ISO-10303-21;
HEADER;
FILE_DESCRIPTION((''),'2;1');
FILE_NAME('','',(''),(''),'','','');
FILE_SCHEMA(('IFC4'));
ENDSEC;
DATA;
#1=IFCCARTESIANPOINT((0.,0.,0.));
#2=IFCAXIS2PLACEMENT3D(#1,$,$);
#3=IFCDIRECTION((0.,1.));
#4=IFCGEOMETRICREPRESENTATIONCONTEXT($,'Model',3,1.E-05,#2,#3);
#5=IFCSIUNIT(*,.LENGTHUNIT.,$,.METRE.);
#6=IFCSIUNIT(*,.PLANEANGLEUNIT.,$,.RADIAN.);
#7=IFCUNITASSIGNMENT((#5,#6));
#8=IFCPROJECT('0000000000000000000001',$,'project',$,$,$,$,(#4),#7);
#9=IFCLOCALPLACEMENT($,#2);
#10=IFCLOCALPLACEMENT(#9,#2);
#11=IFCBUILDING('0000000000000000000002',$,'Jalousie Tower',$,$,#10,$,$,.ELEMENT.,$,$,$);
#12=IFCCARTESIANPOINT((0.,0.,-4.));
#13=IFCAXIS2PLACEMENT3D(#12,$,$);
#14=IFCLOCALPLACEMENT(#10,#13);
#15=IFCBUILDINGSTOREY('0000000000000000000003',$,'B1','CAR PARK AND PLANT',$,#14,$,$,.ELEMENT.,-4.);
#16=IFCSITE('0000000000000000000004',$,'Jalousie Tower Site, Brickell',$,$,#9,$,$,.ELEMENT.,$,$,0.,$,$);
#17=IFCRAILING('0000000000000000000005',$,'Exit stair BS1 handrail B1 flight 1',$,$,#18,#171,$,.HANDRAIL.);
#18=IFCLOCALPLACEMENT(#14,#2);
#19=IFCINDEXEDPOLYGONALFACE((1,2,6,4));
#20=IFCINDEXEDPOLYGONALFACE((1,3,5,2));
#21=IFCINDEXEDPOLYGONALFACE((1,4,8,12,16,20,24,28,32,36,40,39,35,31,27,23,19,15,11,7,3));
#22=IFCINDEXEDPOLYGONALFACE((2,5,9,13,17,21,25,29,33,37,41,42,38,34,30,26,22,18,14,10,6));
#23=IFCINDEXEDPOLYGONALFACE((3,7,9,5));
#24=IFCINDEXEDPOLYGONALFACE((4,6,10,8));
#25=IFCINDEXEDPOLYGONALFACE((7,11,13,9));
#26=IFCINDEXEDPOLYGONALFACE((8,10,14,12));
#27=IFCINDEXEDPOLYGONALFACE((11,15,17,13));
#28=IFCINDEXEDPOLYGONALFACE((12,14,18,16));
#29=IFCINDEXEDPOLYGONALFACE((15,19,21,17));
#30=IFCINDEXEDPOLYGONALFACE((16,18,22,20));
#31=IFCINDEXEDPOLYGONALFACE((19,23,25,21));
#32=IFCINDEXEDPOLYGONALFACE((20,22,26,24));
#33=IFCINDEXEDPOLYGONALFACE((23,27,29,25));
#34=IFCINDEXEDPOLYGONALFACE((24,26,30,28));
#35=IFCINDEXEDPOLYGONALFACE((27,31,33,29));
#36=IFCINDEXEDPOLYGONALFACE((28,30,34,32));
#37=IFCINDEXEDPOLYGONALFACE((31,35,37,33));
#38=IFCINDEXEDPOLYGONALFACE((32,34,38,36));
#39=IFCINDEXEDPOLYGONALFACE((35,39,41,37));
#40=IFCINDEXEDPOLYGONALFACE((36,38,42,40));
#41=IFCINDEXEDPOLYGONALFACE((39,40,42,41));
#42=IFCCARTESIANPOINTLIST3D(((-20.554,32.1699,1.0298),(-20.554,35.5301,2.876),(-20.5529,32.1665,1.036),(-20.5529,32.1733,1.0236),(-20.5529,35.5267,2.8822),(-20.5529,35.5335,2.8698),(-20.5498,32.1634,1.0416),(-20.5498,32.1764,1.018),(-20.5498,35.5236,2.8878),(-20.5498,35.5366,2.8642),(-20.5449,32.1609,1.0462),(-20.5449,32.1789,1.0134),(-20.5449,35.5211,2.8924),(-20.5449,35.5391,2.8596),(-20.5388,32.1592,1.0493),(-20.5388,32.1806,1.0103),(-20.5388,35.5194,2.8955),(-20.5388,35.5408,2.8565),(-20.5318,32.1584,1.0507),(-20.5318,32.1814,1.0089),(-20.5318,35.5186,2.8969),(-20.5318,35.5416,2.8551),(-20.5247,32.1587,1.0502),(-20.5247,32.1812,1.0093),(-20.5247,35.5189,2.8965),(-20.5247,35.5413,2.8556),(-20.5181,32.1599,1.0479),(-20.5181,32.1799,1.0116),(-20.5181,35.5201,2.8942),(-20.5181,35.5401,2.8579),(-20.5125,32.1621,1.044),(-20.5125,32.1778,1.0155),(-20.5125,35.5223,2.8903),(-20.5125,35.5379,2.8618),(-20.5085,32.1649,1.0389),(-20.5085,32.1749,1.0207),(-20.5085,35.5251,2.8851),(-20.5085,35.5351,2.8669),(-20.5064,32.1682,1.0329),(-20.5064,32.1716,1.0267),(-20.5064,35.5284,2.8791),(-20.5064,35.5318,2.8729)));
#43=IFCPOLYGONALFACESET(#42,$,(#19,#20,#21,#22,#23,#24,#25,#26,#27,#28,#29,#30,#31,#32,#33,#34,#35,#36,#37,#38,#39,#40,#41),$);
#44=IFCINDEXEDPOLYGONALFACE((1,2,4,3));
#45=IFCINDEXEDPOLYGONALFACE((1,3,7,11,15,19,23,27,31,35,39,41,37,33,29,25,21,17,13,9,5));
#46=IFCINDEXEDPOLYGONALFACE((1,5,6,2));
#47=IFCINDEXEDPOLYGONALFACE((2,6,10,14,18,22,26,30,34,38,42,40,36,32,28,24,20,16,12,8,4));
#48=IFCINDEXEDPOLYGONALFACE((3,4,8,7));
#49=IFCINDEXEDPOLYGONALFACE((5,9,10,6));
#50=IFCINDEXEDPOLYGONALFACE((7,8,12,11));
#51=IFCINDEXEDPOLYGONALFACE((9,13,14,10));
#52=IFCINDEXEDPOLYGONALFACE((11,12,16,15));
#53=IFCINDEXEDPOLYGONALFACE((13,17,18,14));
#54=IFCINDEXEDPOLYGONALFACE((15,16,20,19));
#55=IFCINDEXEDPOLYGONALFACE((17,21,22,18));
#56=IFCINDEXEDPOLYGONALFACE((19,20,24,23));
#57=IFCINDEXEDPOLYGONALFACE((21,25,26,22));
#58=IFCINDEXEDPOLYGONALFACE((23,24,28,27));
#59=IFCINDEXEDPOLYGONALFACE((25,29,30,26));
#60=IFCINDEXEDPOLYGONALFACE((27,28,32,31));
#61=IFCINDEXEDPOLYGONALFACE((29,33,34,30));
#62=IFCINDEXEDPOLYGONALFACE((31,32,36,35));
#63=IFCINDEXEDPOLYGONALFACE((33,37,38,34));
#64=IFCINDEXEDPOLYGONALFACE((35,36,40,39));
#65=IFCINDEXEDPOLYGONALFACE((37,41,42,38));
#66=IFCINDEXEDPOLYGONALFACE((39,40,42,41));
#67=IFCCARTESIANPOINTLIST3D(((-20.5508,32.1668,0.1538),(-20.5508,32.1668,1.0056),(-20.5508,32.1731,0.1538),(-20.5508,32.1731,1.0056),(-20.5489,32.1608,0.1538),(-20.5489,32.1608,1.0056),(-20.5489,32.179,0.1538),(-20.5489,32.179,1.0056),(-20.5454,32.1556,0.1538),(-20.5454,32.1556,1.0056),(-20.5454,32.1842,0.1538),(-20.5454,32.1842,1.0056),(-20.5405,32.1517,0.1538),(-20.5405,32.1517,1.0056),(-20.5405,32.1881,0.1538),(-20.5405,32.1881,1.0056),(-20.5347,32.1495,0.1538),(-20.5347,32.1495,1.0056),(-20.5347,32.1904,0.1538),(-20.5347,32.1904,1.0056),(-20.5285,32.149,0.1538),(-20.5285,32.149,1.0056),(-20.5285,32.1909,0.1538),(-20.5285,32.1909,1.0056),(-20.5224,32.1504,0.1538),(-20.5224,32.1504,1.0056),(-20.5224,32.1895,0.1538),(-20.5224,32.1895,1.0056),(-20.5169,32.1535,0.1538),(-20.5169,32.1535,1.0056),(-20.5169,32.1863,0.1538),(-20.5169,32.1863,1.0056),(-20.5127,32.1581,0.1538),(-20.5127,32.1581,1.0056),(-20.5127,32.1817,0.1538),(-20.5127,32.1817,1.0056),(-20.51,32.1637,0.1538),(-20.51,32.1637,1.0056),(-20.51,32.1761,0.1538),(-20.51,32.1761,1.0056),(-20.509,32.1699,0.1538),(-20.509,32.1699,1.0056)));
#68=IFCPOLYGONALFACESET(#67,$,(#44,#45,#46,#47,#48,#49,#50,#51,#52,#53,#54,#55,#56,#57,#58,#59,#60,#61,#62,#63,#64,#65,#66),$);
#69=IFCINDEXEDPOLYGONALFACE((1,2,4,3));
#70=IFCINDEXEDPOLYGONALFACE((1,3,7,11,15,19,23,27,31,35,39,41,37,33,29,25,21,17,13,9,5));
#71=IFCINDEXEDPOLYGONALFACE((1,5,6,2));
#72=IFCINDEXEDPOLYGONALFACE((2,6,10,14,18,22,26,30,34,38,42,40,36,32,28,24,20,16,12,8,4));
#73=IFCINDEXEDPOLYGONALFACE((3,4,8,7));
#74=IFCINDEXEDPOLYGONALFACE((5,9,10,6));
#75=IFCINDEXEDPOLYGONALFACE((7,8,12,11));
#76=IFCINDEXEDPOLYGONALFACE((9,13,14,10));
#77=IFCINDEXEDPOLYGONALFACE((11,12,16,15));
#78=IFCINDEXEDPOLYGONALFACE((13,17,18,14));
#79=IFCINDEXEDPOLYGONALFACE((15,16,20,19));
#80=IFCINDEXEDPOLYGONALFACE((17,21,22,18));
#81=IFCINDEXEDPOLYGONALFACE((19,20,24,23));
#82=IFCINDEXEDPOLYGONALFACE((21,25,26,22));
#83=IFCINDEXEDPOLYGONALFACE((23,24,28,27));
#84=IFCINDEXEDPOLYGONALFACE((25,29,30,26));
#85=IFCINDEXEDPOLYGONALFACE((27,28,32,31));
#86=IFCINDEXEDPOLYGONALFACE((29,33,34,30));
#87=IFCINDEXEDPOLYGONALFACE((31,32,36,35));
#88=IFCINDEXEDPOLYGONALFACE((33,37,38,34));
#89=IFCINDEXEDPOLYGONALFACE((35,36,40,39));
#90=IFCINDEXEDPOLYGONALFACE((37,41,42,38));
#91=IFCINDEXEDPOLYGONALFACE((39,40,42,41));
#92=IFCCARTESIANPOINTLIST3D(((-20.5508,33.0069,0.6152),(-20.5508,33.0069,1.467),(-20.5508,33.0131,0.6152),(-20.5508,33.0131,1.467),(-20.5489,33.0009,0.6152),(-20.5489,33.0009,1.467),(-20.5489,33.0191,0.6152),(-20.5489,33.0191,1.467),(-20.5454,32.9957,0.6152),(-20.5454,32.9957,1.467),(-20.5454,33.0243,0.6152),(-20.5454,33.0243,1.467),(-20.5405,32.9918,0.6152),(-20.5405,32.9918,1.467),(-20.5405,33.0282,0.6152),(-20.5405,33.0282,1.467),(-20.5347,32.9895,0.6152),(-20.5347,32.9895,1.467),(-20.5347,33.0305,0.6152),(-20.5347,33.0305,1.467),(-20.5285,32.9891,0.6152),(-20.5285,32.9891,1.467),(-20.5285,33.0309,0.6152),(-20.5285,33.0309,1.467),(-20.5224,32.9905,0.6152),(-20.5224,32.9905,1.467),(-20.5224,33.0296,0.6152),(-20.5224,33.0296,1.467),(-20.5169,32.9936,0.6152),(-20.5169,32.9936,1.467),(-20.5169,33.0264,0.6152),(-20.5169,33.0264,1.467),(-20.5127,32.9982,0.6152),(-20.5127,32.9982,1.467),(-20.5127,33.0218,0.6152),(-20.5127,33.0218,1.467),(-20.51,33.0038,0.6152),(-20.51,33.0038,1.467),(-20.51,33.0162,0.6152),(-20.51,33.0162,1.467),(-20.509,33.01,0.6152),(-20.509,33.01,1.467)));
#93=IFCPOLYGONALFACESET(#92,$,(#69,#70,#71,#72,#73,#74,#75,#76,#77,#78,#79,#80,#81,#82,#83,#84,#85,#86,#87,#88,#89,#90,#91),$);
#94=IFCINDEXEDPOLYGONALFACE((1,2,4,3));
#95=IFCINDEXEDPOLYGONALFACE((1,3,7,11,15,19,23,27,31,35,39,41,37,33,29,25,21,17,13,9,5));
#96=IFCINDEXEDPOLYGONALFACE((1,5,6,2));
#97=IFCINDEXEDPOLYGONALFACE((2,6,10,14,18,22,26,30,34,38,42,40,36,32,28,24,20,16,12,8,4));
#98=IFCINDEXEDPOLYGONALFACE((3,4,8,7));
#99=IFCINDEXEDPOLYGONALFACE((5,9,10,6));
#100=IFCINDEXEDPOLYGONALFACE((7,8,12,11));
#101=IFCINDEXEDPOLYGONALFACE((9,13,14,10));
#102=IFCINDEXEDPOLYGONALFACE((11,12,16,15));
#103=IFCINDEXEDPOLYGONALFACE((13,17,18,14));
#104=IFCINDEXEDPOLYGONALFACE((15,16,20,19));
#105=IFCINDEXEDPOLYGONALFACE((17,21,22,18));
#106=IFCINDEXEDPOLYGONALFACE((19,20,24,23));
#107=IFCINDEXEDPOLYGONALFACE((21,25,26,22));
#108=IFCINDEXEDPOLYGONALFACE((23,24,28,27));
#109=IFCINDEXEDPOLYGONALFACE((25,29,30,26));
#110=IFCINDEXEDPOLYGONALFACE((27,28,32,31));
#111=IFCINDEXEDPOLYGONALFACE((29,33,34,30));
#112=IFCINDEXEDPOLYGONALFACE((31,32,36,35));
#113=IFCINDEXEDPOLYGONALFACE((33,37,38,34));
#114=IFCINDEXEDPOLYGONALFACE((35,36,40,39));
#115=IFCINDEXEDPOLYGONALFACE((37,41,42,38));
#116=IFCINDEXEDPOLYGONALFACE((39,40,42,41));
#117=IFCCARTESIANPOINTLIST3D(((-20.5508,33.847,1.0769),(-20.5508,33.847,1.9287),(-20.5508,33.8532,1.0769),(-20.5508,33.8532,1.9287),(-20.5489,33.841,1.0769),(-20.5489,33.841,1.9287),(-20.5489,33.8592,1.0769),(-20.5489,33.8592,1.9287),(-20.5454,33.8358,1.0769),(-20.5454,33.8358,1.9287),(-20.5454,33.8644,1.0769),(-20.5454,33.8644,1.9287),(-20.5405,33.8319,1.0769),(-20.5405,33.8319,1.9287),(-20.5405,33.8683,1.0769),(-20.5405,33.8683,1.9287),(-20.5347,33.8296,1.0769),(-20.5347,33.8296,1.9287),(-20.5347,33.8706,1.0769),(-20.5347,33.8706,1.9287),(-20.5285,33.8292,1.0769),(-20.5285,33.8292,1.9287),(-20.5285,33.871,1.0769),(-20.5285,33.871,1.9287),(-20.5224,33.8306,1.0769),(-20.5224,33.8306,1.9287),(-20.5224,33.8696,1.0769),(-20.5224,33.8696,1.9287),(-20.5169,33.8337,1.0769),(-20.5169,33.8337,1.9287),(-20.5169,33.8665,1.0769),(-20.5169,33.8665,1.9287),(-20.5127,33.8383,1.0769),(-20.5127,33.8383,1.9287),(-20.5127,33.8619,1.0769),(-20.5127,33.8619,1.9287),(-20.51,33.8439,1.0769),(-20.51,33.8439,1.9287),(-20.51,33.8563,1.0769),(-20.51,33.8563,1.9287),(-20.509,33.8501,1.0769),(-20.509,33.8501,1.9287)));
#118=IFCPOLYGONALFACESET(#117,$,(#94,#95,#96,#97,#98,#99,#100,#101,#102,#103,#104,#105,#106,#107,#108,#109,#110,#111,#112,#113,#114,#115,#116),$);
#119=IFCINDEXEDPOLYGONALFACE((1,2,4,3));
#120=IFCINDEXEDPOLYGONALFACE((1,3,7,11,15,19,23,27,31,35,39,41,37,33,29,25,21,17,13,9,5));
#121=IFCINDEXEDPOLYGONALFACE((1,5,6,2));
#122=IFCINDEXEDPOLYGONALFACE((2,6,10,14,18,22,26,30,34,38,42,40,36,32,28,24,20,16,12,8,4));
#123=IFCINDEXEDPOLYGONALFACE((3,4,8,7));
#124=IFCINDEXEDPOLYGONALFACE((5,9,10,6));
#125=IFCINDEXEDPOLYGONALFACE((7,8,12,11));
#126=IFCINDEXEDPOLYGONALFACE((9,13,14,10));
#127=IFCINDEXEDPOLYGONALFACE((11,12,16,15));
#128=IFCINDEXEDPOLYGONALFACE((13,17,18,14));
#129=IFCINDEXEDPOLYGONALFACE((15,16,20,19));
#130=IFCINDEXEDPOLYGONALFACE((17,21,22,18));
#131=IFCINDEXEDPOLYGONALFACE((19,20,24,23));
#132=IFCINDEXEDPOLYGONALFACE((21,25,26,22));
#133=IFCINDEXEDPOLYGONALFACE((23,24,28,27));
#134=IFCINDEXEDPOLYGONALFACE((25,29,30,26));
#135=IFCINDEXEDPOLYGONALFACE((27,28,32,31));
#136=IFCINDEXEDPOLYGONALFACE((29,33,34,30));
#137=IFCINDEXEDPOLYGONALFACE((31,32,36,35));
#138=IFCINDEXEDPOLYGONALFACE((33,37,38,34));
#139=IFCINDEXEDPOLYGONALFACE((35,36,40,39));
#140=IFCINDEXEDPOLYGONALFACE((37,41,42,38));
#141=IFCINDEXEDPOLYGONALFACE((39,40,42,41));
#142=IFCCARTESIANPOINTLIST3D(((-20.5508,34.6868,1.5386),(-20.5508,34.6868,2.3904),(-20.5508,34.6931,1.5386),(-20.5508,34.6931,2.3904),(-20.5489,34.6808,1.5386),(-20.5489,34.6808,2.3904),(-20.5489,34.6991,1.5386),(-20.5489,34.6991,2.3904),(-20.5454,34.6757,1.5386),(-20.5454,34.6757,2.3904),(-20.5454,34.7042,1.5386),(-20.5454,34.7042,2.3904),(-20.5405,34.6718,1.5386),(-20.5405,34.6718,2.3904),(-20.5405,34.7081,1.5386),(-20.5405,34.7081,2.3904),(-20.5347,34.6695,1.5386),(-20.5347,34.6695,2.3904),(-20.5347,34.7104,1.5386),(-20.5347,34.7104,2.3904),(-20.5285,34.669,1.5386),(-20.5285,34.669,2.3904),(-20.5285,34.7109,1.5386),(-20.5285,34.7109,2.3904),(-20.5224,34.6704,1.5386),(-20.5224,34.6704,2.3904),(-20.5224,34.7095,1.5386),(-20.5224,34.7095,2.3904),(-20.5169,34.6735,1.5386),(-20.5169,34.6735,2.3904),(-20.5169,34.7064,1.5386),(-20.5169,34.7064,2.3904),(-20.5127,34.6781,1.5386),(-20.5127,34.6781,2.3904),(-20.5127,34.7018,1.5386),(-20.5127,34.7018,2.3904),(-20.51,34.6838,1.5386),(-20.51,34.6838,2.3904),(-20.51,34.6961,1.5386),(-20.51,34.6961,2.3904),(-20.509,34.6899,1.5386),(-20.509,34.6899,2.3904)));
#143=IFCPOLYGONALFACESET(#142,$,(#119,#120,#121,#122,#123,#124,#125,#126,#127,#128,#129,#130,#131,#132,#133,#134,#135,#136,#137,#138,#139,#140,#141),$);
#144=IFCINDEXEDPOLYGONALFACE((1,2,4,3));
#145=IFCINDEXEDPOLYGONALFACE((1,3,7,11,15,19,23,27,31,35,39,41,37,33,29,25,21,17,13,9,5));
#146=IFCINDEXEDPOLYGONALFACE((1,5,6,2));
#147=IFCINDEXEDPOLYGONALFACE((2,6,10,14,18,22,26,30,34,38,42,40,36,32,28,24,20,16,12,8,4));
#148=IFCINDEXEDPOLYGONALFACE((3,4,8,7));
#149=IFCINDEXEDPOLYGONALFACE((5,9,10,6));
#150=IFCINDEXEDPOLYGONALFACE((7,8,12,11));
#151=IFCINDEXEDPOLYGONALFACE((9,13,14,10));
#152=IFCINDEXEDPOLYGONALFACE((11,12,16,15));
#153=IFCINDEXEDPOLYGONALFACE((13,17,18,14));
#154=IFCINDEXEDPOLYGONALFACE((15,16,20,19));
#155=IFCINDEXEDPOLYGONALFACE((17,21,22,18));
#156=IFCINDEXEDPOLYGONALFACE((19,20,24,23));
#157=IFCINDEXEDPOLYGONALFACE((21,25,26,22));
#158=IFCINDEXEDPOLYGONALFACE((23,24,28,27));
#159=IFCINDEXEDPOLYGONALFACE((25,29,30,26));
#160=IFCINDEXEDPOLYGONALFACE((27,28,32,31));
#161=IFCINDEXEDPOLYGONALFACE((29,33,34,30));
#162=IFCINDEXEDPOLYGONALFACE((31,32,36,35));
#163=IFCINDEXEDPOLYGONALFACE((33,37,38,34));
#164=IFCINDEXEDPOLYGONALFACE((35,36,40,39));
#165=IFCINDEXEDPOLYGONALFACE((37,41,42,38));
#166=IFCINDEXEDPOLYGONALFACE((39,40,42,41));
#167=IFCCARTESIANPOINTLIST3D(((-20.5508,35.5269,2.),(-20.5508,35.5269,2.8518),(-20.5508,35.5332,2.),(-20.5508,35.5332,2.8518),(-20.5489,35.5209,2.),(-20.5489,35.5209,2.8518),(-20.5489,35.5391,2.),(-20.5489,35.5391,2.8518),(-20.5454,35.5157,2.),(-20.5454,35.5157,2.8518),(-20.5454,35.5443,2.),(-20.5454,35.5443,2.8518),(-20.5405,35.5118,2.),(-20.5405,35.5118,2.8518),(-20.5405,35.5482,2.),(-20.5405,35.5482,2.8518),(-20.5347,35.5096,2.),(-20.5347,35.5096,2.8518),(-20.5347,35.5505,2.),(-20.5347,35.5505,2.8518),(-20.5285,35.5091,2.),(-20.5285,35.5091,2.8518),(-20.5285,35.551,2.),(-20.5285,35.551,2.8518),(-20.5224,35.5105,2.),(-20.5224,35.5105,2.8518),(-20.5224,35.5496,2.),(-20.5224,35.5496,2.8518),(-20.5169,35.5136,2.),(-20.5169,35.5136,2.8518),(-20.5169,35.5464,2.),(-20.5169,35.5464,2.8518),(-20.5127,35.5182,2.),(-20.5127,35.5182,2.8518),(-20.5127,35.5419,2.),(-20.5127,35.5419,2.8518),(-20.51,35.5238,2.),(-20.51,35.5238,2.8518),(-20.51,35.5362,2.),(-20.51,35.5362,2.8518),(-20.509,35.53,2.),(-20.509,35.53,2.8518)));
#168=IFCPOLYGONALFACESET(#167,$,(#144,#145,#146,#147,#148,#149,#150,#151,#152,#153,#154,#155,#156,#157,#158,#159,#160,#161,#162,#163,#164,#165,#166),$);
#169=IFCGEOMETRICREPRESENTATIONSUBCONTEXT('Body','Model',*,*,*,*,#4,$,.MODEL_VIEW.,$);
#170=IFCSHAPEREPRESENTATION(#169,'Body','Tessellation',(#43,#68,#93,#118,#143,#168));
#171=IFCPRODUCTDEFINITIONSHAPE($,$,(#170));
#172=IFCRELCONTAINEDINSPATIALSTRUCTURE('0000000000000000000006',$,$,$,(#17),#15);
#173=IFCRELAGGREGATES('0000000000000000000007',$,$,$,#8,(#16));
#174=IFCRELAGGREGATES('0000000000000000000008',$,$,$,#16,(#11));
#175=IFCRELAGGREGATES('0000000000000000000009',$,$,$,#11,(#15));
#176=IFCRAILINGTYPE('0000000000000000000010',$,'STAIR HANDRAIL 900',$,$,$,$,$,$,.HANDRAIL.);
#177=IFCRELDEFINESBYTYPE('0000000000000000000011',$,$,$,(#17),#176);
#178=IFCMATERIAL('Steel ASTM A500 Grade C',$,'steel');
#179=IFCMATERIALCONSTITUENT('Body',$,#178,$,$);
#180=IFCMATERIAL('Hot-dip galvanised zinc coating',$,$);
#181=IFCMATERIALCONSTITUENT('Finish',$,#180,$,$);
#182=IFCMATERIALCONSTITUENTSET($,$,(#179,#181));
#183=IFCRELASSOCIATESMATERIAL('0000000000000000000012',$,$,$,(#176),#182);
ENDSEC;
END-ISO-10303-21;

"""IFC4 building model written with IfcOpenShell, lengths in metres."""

from ifc_helpers import new_model, si_unit, direction, frame, origin, origin_2d, place, context, subcontext, project, spatial, circle, extrude, material, constituent, constituent_set, type_object, element, save


model = new_model("IFC4")

# Units and contexts
model_context = context("Model", 3, precision=1e-05, world=origin(), true_north=direction((0.0, 1.0)))
body_context = subcontext(model_context, "Body", "Model", "MODEL_VIEW")
ifc_project = project(units=[si_unit("LENGTHUNIT", "METRE"), si_unit("PLANEANGLEUNIT", "RADIAN")], contexts=[model_context])

# Site, building, storey
site_placement = place(None, origin())
site = spatial("IfcSite", under=ifc_project, at=site_placement, Name="Jalousie Tower Site, Brickell", CompositionType="ELEMENT", RefElevation=0.0)
building_placement = place(site_placement, origin())
building = spatial("IfcBuilding", under=site, at=building_placement, Name="Jalousie Tower", CompositionType="ELEMENT")
storey_placement = place(building_placement, frame((0.0, 0.0, -4.0)))
storey = spatial("IfcBuildingStorey", under=building, at=storey_placement, Name="B1", Description="CAR PARK AND PLANT", CompositionType="ELEMENT", Elevation=-4.0)

# Railing
ifc_material_1 = material(Name="Steel ASTM A500 Grade C", Category="steel")
ifc_constituent_1 = constituent(ifc_material_1, Name="Body")
ifc_material_2 = material(Name="Hot-dip galvanised zinc coating")
ifc_constituent_2 = constituent(ifc_material_2, Name="Finish")
ifc_constituent_set_1 = constituent_set(constituents=[ifc_constituent_1, ifc_constituent_2])
railing_type_1 = type_object("IfcRailingType", Name="STAIR HANDRAIL 900", PredefinedType="HANDRAIL", material=ifc_constituent_set_1)
railing_1_placement = place(storey_placement, frame((-20.53, 32.1699, 0.1538)))
element("IfcRailing", 1, at=railing_1_placement, inside=storey, type_object=railing_type_1, Name="Exit stair BS1 handrail B1 flight 1", PredefinedType="HANDRAIL", context=body_context, shape_type="SweptSolid", body=[
    extrude(circle(Radius=0.0239, at=origin_2d()), frame((0.0, 0.0, 0.876), z_axis=(0.0, 0.876422, 0.481545), x_axis=(-1.0, 0.0, 0.0)), (0.0, 0.0, 1.0), 3.834),
    extrude(circle(Radius=0.021, at=origin_2d()), origin(), (0.0, 0.0, 1.0), 0.8518),
    extrude(circle(Radius=0.021, at=origin_2d()), frame((0.0, 0.8401, 0.4614)), (0.0, 0.0, 1.0), 0.8518),
    extrude(circle(Radius=0.021, at=origin_2d()), frame((0.0, 1.6802, 0.9231)), (0.0, 0.0, 1.0), 0.8518),
    extrude(circle(Radius=0.021, at=origin_2d()), frame((0.0, 2.52, 1.3848)), (0.0, 0.0, 1.0), 0.8518),
    extrude(circle(Radius=0.021, at=origin_2d()), frame((0.0, 3.3601, 1.8462)), (0.0, 0.0, 1.0), 0.8518),
])

save(model, "model.ifc")
